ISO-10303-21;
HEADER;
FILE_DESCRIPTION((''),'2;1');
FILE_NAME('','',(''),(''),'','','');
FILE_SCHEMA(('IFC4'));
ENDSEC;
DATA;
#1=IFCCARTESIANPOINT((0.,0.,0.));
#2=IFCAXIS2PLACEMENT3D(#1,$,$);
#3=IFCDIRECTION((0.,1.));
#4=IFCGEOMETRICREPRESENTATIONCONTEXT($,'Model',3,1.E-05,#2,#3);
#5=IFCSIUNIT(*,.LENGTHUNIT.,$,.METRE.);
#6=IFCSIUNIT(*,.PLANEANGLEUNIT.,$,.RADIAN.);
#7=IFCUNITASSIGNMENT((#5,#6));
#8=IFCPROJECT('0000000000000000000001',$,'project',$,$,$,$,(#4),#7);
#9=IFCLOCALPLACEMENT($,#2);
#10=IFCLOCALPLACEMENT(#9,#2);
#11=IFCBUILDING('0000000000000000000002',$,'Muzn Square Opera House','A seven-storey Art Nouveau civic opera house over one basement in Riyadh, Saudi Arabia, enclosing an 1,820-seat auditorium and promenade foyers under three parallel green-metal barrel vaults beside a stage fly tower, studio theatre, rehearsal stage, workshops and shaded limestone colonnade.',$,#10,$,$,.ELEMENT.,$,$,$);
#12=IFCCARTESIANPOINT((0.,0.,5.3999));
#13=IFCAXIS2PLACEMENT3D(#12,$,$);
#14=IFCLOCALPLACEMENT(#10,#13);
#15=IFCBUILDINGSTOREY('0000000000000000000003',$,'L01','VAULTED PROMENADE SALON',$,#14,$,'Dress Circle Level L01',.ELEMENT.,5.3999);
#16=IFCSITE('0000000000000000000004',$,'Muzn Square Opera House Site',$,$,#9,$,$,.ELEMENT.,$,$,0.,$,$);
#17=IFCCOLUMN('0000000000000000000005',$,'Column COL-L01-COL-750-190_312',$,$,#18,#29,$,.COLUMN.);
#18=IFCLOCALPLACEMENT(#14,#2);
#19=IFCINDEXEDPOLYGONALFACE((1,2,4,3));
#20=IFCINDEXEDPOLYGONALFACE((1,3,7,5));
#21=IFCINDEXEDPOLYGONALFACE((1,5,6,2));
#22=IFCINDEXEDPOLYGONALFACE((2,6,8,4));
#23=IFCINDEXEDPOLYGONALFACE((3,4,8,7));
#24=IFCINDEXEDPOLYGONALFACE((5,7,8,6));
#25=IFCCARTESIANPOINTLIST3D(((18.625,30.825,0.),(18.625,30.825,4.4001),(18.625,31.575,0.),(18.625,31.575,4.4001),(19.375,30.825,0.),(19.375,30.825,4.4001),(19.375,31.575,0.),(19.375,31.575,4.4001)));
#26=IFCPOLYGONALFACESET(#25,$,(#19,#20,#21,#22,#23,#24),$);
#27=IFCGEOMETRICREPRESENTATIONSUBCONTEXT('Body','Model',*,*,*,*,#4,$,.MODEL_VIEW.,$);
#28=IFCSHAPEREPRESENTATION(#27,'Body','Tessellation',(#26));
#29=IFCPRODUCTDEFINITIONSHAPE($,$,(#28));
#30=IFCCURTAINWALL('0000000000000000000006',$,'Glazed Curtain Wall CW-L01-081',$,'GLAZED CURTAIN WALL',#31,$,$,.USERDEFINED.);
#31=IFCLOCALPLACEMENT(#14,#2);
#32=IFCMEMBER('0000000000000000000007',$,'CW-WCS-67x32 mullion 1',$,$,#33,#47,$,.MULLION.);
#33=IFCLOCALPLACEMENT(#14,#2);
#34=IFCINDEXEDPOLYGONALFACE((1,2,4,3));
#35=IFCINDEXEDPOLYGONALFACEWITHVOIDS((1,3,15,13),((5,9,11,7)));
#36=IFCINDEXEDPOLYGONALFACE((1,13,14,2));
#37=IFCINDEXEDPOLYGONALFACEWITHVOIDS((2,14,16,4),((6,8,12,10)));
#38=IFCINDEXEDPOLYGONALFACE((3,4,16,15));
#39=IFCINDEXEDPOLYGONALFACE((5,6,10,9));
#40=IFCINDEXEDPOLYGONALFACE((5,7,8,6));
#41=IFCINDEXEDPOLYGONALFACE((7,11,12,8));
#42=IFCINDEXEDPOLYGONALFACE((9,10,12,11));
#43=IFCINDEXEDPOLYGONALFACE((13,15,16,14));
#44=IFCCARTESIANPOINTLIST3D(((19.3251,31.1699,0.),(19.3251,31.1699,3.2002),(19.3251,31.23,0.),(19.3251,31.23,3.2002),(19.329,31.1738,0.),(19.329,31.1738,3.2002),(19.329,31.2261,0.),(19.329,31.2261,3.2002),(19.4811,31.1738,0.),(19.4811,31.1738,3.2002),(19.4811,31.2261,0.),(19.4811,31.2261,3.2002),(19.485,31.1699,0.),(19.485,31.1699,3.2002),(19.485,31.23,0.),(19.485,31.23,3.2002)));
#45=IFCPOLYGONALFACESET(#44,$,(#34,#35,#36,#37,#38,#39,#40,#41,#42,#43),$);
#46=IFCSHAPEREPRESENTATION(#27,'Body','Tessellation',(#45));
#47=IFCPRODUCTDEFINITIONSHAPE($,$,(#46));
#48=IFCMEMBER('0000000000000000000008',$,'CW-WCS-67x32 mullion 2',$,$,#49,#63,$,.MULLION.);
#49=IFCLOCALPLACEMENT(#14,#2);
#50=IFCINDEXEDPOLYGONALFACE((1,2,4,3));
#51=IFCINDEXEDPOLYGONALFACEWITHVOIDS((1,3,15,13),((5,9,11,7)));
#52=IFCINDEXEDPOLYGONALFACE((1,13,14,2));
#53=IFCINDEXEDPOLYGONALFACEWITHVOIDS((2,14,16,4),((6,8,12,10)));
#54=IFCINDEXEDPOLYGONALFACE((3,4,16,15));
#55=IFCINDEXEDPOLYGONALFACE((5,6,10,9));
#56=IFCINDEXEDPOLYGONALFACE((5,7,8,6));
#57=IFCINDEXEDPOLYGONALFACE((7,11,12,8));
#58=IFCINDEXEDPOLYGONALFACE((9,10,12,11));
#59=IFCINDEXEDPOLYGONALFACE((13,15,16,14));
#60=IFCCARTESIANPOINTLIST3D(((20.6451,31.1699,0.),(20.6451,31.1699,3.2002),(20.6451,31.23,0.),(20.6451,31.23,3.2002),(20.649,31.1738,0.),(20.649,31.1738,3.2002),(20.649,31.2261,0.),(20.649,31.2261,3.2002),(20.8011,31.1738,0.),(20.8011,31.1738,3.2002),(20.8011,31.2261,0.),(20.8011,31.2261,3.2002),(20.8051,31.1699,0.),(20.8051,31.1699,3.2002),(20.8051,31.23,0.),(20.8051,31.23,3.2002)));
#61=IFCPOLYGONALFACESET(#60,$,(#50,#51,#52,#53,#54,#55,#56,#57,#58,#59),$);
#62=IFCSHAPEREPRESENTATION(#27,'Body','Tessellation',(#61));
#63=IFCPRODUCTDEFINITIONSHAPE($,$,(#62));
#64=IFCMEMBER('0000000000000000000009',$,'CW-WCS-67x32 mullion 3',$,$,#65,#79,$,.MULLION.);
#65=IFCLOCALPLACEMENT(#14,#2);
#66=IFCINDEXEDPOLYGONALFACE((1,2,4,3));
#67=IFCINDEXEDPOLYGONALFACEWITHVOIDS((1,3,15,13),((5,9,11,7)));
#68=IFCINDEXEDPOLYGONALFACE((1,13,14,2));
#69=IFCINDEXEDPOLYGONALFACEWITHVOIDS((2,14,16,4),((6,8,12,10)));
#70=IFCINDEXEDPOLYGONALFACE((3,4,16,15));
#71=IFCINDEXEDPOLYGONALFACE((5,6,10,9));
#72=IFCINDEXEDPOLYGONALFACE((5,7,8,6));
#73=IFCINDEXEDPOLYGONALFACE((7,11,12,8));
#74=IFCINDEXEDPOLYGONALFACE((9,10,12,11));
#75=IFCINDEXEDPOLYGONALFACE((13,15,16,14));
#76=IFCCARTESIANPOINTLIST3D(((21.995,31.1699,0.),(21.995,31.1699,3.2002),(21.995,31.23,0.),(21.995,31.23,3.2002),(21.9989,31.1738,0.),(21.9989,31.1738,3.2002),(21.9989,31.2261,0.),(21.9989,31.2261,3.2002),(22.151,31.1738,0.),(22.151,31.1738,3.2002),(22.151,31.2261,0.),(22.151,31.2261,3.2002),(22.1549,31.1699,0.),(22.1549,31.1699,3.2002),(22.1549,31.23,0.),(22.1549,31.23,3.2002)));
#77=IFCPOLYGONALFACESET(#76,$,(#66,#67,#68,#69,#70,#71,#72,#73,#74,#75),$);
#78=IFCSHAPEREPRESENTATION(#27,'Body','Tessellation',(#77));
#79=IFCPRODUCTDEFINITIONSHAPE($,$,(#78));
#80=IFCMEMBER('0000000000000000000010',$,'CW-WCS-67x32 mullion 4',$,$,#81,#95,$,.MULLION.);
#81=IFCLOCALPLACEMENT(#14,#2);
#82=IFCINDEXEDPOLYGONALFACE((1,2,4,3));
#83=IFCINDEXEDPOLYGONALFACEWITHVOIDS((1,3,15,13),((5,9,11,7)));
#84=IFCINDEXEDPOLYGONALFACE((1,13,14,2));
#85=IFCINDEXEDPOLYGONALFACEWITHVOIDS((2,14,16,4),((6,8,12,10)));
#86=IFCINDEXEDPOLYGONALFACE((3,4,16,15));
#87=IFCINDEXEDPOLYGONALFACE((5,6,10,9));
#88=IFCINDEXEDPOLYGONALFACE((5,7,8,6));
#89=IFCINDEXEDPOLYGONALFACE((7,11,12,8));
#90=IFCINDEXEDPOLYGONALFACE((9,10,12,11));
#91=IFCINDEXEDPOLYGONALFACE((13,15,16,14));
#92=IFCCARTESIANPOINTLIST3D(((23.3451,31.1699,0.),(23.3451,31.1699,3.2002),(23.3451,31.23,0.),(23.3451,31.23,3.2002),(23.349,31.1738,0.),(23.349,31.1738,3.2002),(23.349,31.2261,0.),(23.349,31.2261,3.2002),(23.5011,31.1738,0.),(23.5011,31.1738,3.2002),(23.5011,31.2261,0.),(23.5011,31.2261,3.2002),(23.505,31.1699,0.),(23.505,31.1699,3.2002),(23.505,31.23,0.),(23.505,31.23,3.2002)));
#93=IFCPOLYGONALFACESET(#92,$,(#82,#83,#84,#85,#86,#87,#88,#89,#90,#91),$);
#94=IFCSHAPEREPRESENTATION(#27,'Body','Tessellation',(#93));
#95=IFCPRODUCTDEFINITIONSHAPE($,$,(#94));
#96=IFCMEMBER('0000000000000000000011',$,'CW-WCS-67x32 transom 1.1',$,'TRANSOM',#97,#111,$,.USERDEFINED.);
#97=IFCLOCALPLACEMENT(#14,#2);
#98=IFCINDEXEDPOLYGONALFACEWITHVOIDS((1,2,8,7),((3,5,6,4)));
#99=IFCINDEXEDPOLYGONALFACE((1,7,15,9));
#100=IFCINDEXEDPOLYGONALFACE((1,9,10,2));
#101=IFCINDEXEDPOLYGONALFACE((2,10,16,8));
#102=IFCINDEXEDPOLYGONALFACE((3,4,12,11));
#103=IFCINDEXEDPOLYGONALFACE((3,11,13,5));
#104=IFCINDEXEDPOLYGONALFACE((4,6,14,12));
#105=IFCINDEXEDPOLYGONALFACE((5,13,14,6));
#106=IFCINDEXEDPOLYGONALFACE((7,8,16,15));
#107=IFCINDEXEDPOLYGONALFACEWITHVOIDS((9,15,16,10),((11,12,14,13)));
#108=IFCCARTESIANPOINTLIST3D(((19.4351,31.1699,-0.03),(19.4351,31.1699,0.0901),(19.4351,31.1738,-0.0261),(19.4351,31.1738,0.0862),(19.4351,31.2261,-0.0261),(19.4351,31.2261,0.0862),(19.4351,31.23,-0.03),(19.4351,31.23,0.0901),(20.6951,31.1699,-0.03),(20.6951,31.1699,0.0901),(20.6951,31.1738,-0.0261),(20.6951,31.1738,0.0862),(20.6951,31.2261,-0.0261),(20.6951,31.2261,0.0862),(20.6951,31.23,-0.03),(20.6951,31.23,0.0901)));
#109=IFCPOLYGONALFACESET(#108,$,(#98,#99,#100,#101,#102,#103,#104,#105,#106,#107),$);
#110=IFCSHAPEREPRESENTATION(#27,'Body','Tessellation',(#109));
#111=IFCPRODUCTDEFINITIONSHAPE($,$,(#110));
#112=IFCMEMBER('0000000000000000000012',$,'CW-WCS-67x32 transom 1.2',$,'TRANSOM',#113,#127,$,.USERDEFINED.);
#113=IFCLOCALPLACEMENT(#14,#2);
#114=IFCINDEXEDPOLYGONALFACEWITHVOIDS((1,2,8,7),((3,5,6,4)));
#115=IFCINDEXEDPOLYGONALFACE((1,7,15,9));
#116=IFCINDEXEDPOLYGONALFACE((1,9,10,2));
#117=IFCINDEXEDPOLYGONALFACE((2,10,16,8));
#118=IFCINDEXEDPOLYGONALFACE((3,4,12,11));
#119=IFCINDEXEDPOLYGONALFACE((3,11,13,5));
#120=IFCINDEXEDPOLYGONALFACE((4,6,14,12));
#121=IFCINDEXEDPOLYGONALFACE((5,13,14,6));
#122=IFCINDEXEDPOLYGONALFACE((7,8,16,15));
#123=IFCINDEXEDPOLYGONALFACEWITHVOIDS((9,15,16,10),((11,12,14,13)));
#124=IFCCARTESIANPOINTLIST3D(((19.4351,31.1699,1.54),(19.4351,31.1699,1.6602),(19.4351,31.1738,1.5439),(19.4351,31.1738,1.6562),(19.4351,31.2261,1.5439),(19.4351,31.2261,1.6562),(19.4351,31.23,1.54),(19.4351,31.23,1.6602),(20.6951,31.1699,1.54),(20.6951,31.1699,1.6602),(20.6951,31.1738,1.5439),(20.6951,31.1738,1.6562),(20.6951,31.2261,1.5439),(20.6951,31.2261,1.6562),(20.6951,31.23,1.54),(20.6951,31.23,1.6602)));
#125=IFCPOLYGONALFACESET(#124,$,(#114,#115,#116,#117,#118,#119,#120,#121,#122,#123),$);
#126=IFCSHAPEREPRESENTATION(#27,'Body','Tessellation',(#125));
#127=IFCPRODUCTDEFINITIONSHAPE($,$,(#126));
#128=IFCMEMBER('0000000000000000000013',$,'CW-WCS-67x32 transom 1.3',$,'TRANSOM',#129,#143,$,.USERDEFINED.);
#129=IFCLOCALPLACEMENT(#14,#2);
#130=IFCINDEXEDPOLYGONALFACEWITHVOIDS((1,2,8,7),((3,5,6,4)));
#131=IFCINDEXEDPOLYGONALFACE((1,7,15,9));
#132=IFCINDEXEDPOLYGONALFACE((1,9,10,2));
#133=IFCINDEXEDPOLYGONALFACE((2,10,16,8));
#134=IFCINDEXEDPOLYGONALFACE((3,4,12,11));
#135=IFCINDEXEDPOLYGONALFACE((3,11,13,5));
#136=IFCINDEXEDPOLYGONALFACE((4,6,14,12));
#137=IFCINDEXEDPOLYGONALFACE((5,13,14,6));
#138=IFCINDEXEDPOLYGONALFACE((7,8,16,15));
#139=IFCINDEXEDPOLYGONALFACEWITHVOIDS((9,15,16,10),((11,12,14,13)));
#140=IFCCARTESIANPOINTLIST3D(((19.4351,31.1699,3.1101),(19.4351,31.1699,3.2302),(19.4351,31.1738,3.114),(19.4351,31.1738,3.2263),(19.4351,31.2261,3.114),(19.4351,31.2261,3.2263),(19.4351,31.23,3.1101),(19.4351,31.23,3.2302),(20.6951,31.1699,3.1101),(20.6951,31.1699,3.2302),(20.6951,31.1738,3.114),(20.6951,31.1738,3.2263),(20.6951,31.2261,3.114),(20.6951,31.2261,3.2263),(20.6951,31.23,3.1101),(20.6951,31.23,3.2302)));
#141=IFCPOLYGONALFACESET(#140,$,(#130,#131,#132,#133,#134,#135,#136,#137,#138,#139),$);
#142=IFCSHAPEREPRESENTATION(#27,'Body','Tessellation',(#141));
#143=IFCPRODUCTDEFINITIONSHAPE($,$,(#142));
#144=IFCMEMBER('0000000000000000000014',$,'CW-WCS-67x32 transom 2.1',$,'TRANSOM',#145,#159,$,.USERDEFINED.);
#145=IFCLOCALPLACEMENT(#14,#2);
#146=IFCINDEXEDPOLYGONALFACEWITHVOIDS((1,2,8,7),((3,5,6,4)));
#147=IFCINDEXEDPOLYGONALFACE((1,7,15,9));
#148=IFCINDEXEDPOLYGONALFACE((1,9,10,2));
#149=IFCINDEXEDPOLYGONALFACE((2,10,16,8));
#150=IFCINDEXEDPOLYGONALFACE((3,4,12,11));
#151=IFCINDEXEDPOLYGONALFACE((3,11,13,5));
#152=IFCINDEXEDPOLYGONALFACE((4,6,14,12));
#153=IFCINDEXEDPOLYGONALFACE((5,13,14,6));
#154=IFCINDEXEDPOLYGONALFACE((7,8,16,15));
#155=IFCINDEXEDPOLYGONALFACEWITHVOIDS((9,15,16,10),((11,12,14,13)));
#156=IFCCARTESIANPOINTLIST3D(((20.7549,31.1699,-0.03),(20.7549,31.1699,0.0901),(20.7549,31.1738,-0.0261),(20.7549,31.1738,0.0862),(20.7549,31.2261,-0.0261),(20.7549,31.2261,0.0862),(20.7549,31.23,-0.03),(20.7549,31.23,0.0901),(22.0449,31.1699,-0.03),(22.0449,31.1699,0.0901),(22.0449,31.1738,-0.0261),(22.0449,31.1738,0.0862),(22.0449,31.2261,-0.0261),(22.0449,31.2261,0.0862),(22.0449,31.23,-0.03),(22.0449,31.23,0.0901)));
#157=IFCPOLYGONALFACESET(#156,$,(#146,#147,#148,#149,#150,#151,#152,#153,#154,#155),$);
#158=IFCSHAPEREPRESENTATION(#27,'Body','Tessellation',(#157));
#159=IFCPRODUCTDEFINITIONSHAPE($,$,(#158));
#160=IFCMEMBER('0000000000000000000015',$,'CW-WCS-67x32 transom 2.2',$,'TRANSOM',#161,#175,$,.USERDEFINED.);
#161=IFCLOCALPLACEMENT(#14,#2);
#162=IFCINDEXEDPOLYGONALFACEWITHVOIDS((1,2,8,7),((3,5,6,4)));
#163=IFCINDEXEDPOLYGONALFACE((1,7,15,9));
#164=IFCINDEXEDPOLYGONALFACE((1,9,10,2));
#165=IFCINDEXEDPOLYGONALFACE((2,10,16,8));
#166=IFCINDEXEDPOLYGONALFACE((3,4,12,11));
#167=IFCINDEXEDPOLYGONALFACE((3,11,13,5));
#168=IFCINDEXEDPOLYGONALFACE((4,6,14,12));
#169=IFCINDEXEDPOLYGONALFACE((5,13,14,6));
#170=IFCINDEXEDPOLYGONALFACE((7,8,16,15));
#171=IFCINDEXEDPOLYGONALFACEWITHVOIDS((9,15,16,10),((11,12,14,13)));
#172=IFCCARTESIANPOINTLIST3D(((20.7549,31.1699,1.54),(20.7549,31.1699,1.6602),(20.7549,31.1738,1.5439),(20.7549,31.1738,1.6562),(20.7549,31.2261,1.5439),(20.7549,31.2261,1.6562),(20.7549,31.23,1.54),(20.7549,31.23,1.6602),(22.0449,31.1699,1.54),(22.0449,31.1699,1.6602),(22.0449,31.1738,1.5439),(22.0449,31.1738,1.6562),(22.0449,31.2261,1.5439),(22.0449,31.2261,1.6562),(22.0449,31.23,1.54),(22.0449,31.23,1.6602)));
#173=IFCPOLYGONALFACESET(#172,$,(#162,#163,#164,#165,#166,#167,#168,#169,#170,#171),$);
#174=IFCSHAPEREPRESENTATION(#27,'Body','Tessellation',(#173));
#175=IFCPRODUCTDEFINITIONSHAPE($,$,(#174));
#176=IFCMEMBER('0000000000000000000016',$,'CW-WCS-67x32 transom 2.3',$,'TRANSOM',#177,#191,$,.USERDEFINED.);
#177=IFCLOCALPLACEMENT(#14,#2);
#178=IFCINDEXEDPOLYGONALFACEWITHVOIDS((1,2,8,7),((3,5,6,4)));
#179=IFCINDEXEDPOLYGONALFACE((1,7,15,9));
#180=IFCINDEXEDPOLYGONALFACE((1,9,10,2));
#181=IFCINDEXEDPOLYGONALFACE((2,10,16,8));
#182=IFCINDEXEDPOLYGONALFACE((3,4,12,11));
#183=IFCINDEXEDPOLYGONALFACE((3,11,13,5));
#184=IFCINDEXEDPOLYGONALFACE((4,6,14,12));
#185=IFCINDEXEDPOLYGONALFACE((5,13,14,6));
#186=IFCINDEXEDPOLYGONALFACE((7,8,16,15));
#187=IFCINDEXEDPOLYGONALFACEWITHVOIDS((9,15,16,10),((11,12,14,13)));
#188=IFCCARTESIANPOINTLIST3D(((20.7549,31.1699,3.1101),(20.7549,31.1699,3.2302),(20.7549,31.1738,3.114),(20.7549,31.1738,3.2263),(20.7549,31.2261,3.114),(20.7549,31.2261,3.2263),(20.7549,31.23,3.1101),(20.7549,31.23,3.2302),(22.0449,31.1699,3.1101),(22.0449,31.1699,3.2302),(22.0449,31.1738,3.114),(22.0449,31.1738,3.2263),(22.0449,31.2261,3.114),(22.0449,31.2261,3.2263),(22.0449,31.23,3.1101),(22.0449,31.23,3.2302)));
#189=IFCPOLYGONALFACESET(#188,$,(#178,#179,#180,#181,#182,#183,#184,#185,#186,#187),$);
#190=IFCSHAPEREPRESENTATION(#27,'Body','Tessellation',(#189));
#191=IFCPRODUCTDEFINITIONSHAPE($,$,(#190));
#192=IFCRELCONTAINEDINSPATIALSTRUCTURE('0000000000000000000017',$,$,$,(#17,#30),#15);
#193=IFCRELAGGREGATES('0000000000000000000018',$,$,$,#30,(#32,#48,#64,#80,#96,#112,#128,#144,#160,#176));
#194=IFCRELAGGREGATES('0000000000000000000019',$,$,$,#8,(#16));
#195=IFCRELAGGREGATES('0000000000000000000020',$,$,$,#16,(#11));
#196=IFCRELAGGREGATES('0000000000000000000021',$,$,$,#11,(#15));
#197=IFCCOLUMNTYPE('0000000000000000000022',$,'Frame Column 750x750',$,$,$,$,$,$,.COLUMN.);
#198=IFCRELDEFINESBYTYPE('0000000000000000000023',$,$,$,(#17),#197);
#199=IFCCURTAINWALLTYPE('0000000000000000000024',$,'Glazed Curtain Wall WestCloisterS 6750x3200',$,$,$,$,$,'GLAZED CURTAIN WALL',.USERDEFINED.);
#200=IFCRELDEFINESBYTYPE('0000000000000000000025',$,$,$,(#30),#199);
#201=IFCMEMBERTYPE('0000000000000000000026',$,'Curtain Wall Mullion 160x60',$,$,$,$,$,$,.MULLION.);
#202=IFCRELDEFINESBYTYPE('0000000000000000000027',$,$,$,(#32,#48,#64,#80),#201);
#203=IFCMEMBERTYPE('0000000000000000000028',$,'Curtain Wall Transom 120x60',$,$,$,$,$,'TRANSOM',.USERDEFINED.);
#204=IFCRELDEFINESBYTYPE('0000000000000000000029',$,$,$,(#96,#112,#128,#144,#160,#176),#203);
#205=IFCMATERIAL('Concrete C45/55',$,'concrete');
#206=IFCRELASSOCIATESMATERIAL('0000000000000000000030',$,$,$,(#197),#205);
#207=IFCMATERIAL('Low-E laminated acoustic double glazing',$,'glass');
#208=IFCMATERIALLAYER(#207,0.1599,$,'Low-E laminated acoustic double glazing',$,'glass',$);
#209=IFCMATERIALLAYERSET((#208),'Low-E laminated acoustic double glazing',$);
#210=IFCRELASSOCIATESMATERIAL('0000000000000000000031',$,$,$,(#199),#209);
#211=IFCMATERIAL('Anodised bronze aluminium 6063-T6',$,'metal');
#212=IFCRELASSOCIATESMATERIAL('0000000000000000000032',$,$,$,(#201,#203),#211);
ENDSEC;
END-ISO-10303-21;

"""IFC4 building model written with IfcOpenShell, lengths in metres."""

from ifc_helpers import new_model, si_unit, direction, frame, origin, origin_2d, place, context, subcontext, project, spatial, rectangle, hollow_rectangle, extrude, material, layer, layer_set, material_profile, profile_set, type_object, element, aggregate, save


model = new_model("IFC4")

# Units and contexts
model_context = context("Model", 3, precision=1e-05, world=origin(), true_north=direction((0.0, 1.0)))
body_context = subcontext(model_context, "Body", "Model", "MODEL_VIEW")
ifc_project = project(units=[si_unit("LENGTHUNIT", "METRE"), si_unit("PLANEANGLEUNIT", "RADIAN")], contexts=[model_context])

# Site, building, storey
site_placement = place(None, origin())
site = spatial("IfcSite", under=ifc_project, at=site_placement, Name="Muzn Square Opera House Site", CompositionType="ELEMENT", RefElevation=0.0)
building_placement = place(site_placement, origin())
building = spatial("IfcBuilding", under=site, at=building_placement, Name="Muzn Square Opera House", Description="A seven-storey Art Nouveau civic opera house over one basement in Riyadh, Saudi Arabia, enclosing an 1,820-seat auditorium and promenade foyers under three parallel green-metal barrel vaults beside a stage fly tower, studio theatre, rehearsal stage, workshops and shaded limestone colonnade.", CompositionType="ELEMENT")
storey_placement = place(building_placement, frame((0.0, 0.0, 5.3999)))
storey = spatial("IfcBuildingStorey", under=building, at=storey_placement, Name="L01", Description="VAULTED PROMENADE SALON", LongName="Dress Circle Level L01", CompositionType="ELEMENT", Elevation=5.3999)

# Column
ifc_material_1 = material(Name="Concrete C45/55", Category="concrete")
ifc_material_profile_1 = material_profile(ifc_material_1, rectangle(XDim=0.75, YDim=0.75, at=origin_2d()), Name="RC 750x750", Category="concrete")
ifc_profile_set_1 = profile_set([ifc_material_profile_1], Name="Concrete C45/55")
column_type = type_object("IfcColumnType", Name="Frame Column 750x750", PredefinedType="COLUMN", material=ifc_profile_set_1)
column_placement = place(storey_placement, frame((19.0, 31.2, 0.0), z_axis=(0.0, 0.0, 1.0), x_axis=(1.0, 0.0, 0.0)))
element("IfcColumn", 1, at=column_placement, inside=storey, type_object=column_type, Name="Column COL-L01-COL-750-190_312", PredefinedType="COLUMN", context=body_context, shape_type="SweptSolid", body=[
    extrude(rectangle(XDim=0.75, YDim=0.75, at=origin_2d()), origin(), (0.0, 0.0, 1.0), 4.4001),
])

# Curtain wall, members
ifc_material_2 = material(Name="Low-E laminated acoustic double glazing", Category="glass")
ifc_layer_1 = layer(ifc_material_2, 0.1599, Name="Low-E laminated acoustic double glazing", Category="glass")
ifc_layer_set_1 = layer_set([ifc_layer_1], Name="Low-E laminated acoustic double glazing")
curtain_wall_type = type_object("IfcCurtainWallType", Name="Glazed Curtain Wall WestCloisterS 6750x3200", ElementType="GLAZED CURTAIN WALL", PredefinedType="USERDEFINED", material=ifc_layer_set_1)
curtain_wall_placement = place(storey_placement, origin())
curtain_wall = element("IfcCurtainWall", 2, at=curtain_wall_placement, inside=storey, type_object=curtain_wall_type, Name="Glazed Curtain Wall CW-L01-081", ObjectType="GLAZED CURTAIN WALL", PredefinedType="USERDEFINED")
ifc_material_3 = material(Name="Anodised bronze aluminium 6063-T6", Category="metal")
ifc_material_profile_2 = material_profile(ifc_material_3, hollow_rectangle(XDim=0.0601, YDim=0.1599, WallThickness=0.0039, at=origin_2d()), Name="ALU 160x60x4", Category="metal")
ifc_profile_set_2 = profile_set([ifc_material_profile_2], Name="Anodised bronze aluminium 6063-T6")
member_type_1 = type_object("IfcMemberType", Name="Curtain Wall Mullion 160x60", PredefinedType="MULLION", material=ifc_profile_set_2)
member_1_placement = place(storey_placement, frame((19.405, 31.2, 0.0), z_axis=(0.0, 0.0, 1.0), x_axis=(0.0, 1.0, 0.0)))
member_1 = element("IfcMember", 3, at=member_1_placement, type_object=member_type_1, Name="CW-WCS-67x32 mullion 1", PredefinedType="MULLION", context=body_context, shape_type="SweptSolid", body=[
    extrude(hollow_rectangle(XDim=0.0601, YDim=0.1599, WallThickness=0.0039, at=origin_2d()), origin(), (0.0, 0.0, 1.0), 3.2002),
])
member_2_placement = place(storey_placement, frame((20.7251, 31.2, 0.0), z_axis=(0.0, 0.0, 1.0), x_axis=(0.0, 1.0, 0.0)))
member_2 = element("IfcMember", 4, at=member_2_placement, type_object=member_type_1, Name="CW-WCS-67x32 mullion 2", PredefinedType="MULLION", context=body_context, shape_type="SweptSolid", body=[
    extrude(hollow_rectangle(XDim=0.0601, YDim=0.1599, WallThickness=0.0039, at=origin_2d()), origin(), (0.0, 0.0, 1.0), 3.2002),
])
member_3_placement = place(storey_placement, frame((22.075, 31.2, 0.0), z_axis=(0.0, 0.0, 1.0), x_axis=(0.0, 1.0, 0.0)))
member_3 = element("IfcMember", 5, at=member_3_placement, type_object=member_type_1, Name="CW-WCS-67x32 mullion 3", PredefinedType="MULLION", context=body_context, shape_type="SweptSolid", body=[
    extrude(hollow_rectangle(XDim=0.0601, YDim=0.1599, WallThickness=0.0039, at=origin_2d()), origin(), (0.0, 0.0, 1.0), 3.2002),
])
member_4_placement = place(storey_placement, frame((23.425, 31.2, 0.0), z_axis=(0.0, 0.0, 1.0), x_axis=(0.0, 1.0, 0.0)))
member_4 = element("IfcMember", 6, at=member_4_placement, type_object=member_type_1, Name="CW-WCS-67x32 mullion 4", PredefinedType="MULLION", context=body_context, shape_type="SweptSolid", body=[
    extrude(hollow_rectangle(XDim=0.0601, YDim=0.1599, WallThickness=0.0039, at=origin_2d()), origin(), (0.0, 0.0, 1.0), 3.2002),
])
ifc_material_profile_3 = material_profile(ifc_material_3, hollow_rectangle(XDim=0.0601, YDim=0.1201, WallThickness=0.0039, at=origin_2d()), Name="ALU 120x60x4", Category="metal")
ifc_profile_set_3 = profile_set([ifc_material_profile_3], Name="Anodised bronze aluminium 6063-T6")
member_type_2 = type_object("IfcMemberType", Name="Curtain Wall Transom 120x60", ElementType="TRANSOM", PredefinedType="USERDEFINED", material=ifc_profile_set_3)
member_5_placement = place(storey_placement, frame((19.4351, 31.2, 0.03), z_axis=(1.0, 0.0, 0.0), x_axis=(0.0, 1.0, 0.0)))
member_5 = element("IfcMember", 7, at=member_5_placement, type_object=member_type_2, Name="CW-WCS-67x32 transom 1.1", ObjectType="TRANSOM", PredefinedType="USERDEFINED", context=body_context, shape_type="SweptSolid", body=[
    extrude(hollow_rectangle(XDim=0.0601, YDim=0.1201, WallThickness=0.0039, at=origin_2d()), origin(), (0.0, 0.0, 1.0), 1.26),
])
member_6_placement = place(storey_placement, frame((19.4351, 31.2, 1.6001), z_axis=(1.0, 0.0, 0.0), x_axis=(0.0, 1.0, 0.0)))
member_6 = element("IfcMember", 8, at=member_6_placement, type_object=member_type_2, Name="CW-WCS-67x32 transom 1.2", ObjectType="TRANSOM", PredefinedType="USERDEFINED", context=body_context, shape_type="SweptSolid", body=[
    extrude(hollow_rectangle(XDim=0.0601, YDim=0.1201, WallThickness=0.0039, at=origin_2d()), origin(), (0.0, 0.0, 1.0), 1.26),
])
member_7_placement = place(storey_placement, frame((19.4351, 31.2, 3.1702), z_axis=(1.0, 0.0, 0.0), x_axis=(0.0, 1.0, 0.0)))
member_7 = element("IfcMember", 9, at=member_7_placement, type_object=member_type_2, Name="CW-WCS-67x32 transom 1.3", ObjectType="TRANSOM", PredefinedType="USERDEFINED", context=body_context, shape_type="SweptSolid", body=[
    extrude(hollow_rectangle(XDim=0.0601, YDim=0.1201, WallThickness=0.0039, at=origin_2d()), origin(), (0.0, 0.0, 1.0), 1.26),
])
member_8_placement = place(storey_placement, frame((20.7549, 31.2, 0.03), z_axis=(1.0, 0.0, 0.0), x_axis=(0.0, 1.0, 0.0)))
member_8 = element("IfcMember", 10, at=member_8_placement, type_object=member_type_2, Name="CW-WCS-67x32 transom 2.1", ObjectType="TRANSOM", PredefinedType="USERDEFINED", context=body_context, shape_type="SweptSolid", body=[
    extrude(hollow_rectangle(XDim=0.0601, YDim=0.1201, WallThickness=0.0039, at=origin_2d()), origin(), (0.0, 0.0, 1.0), 1.29),
])
member_9_placement = place(storey_placement, frame((20.7549, 31.2, 1.6001), z_axis=(1.0, 0.0, 0.0), x_axis=(0.0, 1.0, 0.0)))
member_9 = element("IfcMember", 11, at=member_9_placement, type_object=member_type_2, Name="CW-WCS-67x32 transom 2.2", ObjectType="TRANSOM", PredefinedType="USERDEFINED", context=body_context, shape_type="SweptSolid", body=[
    extrude(hollow_rectangle(XDim=0.0601, YDim=0.1201, WallThickness=0.0039, at=origin_2d()), origin(), (0.0, 0.0, 1.0), 1.29),
])
member_10_placement = place(storey_placement, frame((20.7549, 31.2, 3.1702), z_axis=(1.0, 0.0, 0.0), x_axis=(0.0, 1.0, 0.0)))
member_10 = element("IfcMember", 12, at=member_10_placement, type_object=member_type_2, Name="CW-WCS-67x32 transom 2.3", ObjectType="TRANSOM", PredefinedType="USERDEFINED", context=body_context, shape_type="SweptSolid", body=[
    extrude(hollow_rectangle(XDim=0.0601, YDim=0.1201, WallThickness=0.0039, at=origin_2d()), origin(), (0.0, 0.0, 1.0), 1.29),
])

aggregate(curtain_wall, [member_1, member_2, member_3, member_4, member_5, member_6, member_7, member_8, member_9, member_10])

save(model, "model.ifc")
